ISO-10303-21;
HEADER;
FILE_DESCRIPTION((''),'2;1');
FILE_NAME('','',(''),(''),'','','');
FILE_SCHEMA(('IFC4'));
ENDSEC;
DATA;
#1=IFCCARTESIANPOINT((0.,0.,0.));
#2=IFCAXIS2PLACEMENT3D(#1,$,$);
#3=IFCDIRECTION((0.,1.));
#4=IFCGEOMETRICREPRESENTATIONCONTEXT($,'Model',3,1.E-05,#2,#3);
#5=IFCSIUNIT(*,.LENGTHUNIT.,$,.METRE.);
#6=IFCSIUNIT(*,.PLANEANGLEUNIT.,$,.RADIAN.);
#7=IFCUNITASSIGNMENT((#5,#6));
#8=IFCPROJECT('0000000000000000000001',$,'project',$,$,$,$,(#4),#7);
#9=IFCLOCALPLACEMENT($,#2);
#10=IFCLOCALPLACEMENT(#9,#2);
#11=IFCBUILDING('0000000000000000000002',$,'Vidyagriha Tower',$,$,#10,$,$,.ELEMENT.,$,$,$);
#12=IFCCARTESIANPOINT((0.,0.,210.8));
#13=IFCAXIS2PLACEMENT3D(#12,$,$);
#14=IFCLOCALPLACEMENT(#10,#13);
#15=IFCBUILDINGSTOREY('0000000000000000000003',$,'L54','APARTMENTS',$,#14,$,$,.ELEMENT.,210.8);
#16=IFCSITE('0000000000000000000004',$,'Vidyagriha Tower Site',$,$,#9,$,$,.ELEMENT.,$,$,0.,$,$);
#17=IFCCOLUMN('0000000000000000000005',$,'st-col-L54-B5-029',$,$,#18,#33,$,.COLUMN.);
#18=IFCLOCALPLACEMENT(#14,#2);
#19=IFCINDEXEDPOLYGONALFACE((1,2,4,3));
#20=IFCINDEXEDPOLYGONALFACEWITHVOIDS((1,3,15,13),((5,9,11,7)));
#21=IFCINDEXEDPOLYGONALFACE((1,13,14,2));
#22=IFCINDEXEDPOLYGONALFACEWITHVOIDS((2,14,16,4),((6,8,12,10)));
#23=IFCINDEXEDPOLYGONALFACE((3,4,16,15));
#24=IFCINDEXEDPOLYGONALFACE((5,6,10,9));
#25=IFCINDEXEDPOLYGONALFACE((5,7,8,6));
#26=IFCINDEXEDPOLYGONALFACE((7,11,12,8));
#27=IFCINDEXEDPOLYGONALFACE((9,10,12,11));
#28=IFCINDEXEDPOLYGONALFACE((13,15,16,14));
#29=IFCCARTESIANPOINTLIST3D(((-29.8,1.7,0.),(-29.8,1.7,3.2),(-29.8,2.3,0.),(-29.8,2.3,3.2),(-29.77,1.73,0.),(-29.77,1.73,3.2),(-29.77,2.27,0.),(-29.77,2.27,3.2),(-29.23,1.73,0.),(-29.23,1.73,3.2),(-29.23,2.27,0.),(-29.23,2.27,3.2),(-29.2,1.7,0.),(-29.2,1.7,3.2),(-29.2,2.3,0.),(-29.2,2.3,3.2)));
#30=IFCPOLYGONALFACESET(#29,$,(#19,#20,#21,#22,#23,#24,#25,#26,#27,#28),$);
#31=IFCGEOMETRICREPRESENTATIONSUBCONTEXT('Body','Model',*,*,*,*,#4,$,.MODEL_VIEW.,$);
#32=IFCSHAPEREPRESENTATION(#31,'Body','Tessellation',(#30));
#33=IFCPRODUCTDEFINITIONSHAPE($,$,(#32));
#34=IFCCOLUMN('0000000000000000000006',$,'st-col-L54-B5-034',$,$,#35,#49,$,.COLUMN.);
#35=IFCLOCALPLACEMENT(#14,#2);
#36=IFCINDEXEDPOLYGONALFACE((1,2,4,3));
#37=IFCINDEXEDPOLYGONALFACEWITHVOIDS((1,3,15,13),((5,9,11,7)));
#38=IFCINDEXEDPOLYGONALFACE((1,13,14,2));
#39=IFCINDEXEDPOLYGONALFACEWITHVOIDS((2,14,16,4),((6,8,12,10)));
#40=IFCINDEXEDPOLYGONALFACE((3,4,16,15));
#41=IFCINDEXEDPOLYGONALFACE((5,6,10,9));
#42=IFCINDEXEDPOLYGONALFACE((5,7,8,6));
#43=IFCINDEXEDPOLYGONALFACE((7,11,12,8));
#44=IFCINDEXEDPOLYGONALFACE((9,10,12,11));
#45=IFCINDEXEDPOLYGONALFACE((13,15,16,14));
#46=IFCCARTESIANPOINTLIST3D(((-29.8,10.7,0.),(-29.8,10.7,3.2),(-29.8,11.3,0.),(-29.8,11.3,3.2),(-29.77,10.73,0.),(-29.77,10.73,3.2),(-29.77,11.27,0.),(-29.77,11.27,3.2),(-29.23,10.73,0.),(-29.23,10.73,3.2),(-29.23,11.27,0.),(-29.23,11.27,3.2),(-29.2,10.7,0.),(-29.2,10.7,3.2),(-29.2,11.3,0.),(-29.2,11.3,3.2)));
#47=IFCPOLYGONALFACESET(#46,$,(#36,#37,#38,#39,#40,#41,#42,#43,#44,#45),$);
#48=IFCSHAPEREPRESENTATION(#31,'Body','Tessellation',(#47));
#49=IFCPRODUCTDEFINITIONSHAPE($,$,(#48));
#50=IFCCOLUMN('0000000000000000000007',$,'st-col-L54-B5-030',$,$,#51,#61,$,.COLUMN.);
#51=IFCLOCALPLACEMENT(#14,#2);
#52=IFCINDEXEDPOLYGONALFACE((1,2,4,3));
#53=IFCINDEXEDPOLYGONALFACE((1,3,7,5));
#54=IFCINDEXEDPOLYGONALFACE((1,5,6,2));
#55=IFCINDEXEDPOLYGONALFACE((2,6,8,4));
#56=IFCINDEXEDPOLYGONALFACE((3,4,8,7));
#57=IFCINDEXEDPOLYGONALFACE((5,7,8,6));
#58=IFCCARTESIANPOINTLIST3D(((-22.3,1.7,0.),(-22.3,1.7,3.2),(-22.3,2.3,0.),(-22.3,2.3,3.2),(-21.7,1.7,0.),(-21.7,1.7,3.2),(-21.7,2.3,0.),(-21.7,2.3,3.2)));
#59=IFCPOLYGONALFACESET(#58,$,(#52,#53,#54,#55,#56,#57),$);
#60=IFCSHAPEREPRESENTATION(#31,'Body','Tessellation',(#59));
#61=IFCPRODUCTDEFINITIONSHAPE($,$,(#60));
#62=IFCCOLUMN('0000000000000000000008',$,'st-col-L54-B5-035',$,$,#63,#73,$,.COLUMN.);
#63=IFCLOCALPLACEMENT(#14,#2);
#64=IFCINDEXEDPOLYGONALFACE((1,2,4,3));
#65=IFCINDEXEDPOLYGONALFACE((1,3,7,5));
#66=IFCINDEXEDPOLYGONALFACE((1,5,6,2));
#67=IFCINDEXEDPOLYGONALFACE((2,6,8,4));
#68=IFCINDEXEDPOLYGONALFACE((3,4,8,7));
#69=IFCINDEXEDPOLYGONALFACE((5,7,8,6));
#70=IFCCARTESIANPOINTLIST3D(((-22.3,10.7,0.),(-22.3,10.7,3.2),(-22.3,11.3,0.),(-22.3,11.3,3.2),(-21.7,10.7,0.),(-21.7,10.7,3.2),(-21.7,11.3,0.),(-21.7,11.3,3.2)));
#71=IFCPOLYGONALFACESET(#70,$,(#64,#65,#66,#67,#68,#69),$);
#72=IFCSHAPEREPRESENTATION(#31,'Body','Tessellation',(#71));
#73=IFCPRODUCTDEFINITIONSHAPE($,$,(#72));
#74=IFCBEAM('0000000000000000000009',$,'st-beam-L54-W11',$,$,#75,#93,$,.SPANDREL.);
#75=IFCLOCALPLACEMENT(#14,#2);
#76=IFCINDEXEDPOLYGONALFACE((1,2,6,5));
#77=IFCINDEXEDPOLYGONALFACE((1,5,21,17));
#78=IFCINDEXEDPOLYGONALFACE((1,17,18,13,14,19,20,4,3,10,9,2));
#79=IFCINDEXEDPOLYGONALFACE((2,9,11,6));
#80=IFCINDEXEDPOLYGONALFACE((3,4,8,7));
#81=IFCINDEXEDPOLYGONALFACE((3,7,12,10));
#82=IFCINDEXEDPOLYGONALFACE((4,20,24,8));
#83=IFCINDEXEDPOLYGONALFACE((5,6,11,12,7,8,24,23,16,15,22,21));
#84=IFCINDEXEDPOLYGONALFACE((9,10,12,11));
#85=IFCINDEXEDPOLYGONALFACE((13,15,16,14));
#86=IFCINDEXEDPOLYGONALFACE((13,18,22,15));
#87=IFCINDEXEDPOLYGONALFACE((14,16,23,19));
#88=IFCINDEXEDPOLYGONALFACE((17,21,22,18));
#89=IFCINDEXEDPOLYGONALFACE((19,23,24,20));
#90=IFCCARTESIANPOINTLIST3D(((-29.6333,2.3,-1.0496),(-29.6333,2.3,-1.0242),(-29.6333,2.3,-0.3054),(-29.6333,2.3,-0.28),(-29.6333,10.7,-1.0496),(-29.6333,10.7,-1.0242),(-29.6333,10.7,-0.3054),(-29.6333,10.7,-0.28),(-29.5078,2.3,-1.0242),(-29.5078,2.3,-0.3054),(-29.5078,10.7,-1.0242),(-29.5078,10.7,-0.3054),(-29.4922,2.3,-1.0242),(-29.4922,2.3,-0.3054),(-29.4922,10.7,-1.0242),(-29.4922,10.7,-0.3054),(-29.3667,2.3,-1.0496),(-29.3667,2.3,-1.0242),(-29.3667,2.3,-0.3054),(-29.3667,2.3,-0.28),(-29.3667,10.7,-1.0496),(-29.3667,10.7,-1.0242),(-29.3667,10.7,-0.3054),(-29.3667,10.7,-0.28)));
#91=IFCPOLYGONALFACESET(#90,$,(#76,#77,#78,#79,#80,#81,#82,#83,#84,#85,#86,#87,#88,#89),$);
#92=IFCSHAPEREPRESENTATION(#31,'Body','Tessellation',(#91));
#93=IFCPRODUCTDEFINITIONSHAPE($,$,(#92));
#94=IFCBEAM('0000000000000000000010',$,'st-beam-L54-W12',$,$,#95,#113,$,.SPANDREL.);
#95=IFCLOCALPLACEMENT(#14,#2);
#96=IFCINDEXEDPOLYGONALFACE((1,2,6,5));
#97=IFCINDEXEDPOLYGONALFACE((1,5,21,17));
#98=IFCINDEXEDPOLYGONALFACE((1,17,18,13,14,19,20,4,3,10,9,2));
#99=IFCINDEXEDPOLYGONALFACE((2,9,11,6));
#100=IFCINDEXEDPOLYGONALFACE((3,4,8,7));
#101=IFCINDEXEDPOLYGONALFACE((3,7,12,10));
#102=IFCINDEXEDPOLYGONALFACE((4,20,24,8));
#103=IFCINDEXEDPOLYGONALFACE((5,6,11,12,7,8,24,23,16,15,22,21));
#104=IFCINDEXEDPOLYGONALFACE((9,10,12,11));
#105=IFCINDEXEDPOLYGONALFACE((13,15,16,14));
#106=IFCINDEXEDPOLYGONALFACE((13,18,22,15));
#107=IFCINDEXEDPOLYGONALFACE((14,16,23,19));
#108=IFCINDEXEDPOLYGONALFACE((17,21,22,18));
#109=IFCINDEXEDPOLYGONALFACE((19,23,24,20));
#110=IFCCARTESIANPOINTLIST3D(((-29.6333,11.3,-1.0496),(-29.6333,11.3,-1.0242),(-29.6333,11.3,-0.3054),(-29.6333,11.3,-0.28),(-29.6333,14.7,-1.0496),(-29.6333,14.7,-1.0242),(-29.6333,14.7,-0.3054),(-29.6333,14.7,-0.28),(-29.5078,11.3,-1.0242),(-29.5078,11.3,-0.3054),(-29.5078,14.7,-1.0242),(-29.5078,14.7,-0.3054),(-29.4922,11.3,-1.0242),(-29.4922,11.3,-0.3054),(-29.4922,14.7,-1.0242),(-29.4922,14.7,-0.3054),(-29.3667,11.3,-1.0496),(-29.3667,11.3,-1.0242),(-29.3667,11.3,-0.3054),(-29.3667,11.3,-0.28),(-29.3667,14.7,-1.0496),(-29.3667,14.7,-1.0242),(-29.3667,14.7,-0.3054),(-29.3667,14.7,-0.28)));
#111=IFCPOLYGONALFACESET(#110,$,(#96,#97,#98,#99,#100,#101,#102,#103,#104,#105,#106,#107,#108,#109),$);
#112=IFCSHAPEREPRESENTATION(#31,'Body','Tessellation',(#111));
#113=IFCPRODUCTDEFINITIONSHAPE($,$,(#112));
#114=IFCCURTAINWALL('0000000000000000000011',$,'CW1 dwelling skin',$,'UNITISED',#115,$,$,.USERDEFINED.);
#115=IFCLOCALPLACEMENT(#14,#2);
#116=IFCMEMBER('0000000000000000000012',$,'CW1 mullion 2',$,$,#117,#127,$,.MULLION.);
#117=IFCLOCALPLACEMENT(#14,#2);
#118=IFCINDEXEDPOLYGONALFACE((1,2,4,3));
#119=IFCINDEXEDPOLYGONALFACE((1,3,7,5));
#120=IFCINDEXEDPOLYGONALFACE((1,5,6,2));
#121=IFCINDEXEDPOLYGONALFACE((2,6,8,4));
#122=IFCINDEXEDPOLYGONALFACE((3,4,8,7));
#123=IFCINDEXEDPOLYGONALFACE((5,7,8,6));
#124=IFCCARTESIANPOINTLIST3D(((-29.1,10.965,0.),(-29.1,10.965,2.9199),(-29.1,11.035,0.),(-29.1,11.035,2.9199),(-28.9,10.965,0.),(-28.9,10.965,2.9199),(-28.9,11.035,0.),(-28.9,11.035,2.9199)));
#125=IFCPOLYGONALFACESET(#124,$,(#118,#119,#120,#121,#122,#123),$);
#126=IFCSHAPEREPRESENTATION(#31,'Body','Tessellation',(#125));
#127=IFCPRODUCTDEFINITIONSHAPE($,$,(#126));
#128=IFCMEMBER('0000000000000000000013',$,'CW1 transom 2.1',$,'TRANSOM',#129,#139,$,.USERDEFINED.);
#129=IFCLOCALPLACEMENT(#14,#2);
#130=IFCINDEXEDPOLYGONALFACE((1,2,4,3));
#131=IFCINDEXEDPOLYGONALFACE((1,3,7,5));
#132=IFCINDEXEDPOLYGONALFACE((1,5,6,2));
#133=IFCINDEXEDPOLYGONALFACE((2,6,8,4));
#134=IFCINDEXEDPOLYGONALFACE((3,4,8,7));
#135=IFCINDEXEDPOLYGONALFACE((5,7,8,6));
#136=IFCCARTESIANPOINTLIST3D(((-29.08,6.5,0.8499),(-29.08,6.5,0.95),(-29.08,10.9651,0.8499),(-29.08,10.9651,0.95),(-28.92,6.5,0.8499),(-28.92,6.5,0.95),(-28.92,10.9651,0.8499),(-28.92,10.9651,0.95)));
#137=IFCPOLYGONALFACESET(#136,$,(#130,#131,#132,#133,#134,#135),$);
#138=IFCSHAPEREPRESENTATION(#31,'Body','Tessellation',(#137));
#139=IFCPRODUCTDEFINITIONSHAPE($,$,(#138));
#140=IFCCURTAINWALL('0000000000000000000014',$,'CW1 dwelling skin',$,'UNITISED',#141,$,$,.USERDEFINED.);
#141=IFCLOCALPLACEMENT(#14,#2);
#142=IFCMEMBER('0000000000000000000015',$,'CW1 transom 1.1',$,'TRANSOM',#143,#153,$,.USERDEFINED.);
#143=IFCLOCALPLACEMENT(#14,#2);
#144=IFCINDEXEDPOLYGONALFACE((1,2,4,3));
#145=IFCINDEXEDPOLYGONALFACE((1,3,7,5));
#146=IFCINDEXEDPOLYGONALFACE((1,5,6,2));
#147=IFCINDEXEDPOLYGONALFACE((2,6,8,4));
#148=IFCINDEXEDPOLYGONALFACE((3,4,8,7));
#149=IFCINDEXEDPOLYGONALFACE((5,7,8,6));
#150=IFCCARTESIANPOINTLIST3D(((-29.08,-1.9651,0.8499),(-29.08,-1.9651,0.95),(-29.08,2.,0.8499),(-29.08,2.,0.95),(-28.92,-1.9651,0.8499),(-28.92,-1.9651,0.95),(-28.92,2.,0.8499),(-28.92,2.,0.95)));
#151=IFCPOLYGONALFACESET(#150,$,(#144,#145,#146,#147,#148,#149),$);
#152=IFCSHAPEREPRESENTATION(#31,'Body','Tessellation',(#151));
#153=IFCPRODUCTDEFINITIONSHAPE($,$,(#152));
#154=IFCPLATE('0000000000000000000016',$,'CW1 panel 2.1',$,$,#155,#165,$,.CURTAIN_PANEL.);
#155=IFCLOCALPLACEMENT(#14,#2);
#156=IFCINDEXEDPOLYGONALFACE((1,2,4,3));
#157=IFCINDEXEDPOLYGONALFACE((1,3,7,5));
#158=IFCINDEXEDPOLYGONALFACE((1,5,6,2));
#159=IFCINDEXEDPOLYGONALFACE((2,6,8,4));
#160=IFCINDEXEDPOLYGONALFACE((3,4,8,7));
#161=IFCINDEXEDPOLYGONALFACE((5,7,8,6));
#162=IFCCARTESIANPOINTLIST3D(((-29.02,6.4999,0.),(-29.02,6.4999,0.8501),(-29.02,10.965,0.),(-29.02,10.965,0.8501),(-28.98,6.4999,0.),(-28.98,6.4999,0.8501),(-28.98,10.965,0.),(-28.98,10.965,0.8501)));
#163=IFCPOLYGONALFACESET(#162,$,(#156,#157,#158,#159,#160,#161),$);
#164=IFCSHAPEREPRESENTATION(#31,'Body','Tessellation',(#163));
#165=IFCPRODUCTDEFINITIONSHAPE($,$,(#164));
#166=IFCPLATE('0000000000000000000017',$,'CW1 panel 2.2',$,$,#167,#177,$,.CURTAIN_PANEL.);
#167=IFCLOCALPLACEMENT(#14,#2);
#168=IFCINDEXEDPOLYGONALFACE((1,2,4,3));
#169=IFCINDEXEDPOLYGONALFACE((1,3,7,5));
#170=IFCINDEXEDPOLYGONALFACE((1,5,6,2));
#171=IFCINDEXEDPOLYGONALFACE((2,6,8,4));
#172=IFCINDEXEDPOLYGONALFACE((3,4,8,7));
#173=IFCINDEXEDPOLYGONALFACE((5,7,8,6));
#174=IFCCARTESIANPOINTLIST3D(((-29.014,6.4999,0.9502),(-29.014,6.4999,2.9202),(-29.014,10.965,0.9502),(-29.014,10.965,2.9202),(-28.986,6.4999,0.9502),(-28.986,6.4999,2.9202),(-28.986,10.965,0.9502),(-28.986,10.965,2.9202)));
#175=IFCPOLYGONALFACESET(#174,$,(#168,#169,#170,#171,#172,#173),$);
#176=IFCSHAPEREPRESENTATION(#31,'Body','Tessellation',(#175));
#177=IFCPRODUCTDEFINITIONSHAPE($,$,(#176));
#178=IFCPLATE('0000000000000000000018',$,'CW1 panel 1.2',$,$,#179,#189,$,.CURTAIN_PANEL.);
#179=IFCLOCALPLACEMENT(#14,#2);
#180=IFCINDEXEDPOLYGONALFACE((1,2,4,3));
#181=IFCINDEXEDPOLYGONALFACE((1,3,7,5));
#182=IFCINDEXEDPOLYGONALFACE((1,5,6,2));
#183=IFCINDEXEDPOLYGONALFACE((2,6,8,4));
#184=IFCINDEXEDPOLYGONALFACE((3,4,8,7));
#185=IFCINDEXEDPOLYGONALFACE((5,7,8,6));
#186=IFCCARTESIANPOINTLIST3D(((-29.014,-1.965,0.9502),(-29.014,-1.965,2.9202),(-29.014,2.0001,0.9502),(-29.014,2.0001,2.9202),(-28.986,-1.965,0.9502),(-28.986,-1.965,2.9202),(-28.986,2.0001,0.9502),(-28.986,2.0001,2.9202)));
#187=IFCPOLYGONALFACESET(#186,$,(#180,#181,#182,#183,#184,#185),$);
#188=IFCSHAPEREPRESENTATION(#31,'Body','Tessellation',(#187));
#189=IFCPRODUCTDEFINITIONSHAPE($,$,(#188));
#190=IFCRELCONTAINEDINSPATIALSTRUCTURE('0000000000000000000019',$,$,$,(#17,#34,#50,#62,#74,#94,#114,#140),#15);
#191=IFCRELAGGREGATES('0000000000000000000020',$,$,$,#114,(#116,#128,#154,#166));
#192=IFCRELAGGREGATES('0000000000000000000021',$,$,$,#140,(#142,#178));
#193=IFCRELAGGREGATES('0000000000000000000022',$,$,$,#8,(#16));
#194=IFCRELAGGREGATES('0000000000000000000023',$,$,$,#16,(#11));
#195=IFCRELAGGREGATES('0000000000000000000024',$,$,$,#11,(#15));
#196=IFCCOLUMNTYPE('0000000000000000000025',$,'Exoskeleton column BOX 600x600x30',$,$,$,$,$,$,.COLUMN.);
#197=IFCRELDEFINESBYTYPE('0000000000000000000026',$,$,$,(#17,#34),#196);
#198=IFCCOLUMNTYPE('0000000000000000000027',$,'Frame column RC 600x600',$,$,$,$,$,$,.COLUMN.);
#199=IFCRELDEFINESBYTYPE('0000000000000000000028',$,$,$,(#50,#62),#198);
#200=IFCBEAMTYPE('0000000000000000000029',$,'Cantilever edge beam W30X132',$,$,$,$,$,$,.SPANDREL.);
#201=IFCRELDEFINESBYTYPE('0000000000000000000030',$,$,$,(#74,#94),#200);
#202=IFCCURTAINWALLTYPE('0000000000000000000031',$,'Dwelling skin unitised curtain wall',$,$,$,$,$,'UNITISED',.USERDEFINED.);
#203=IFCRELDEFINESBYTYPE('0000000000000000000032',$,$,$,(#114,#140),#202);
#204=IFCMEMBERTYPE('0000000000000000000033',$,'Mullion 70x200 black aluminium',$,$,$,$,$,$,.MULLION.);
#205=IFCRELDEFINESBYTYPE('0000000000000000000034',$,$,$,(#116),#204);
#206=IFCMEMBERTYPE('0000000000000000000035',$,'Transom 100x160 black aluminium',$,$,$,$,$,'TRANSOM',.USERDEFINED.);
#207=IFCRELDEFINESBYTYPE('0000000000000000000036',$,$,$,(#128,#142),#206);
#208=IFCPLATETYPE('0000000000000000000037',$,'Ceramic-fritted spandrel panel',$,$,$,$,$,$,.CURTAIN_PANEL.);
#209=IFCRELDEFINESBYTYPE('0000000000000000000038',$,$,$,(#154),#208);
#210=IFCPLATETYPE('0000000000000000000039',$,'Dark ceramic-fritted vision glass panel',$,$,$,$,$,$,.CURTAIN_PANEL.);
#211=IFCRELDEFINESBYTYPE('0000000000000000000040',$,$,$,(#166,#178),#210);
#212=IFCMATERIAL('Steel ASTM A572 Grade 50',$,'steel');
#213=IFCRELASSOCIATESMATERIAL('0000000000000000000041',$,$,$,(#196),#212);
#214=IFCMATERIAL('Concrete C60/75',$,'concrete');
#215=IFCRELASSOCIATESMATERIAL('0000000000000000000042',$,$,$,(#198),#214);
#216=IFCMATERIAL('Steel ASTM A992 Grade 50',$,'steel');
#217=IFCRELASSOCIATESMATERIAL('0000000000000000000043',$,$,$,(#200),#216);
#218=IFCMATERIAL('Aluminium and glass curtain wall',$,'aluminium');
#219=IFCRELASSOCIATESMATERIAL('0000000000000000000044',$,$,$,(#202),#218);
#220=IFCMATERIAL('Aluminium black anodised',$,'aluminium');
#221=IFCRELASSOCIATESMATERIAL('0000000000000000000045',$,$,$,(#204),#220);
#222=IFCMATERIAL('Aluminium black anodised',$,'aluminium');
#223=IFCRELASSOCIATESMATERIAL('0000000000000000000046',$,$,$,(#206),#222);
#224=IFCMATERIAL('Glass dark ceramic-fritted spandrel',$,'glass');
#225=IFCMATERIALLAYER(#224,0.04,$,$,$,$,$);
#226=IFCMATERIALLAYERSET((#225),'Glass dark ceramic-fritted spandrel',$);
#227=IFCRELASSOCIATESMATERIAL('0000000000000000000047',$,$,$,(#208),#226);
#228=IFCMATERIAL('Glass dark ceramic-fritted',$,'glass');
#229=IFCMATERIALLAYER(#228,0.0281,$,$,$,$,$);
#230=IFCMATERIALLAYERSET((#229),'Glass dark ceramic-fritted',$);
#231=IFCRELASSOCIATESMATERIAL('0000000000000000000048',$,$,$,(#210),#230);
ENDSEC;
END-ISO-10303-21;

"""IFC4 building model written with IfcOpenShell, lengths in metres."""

from ifc_helpers import new_model, si_unit, direction, frame, origin, origin_2d, place, context, subcontext, project, spatial, rectangle, hollow_rectangle, i_section, extrude, material, layer, layer_set, material_profile, profile_set, type_object, element, aggregate, save


model = new_model("IFC4")

# Units and contexts
model_context = context("Model", 3, precision=1e-05, world=origin(), true_north=direction((0.0, 1.0)))
body_context = subcontext(model_context, "Body", "Model", "MODEL_VIEW")
ifc_project = project(units=[si_unit("LENGTHUNIT", "METRE"), si_unit("PLANEANGLEUNIT", "RADIAN")], contexts=[model_context])

# Site, building, storey
site_placement = place(None, origin())
site = spatial("IfcSite", under=ifc_project, at=site_placement, Name="Vidyagriha Tower Site", CompositionType="ELEMENT", RefElevation=0.0)
building_placement = place(site_placement, origin())
building = spatial("IfcBuilding", under=site, at=building_placement, Name="Vidyagriha Tower", CompositionType="ELEMENT")
storey_placement = place(building_placement, frame((0.0, 0.0, 210.8)))
storey = spatial("IfcBuildingStorey", under=building, at=storey_placement, Name="L54", Description="APARTMENTS", CompositionType="ELEMENT", Elevation=210.8)

# Columns
ifc_material_1 = material(Name="Steel ASTM A572 Grade 50", Category="steel")
ifc_material_profile_1 = material_profile(ifc_material_1, hollow_rectangle(XDim=0.6001, YDim=0.6001, WallThickness=0.03, at=origin_2d()), Name="BOX 600x600x30")
ifc_profile_set_1 = profile_set([ifc_material_profile_1], Name="Steel ASTM A572 Grade 50")
column_type_1 = type_object("IfcColumnType", Name="Exoskeleton column BOX 600x600x30", PredefinedType="COLUMN", material=ifc_profile_set_1)
for number, where, name in (
    (1, (-29.5, 2.0, 0.0), "st-col-L54-B5-029"),
    (2, (-29.5, 11.0, 0.0), "st-col-L54-B5-034"),
):
    element("IfcColumn", number, at=place(storey_placement, frame(where)), inside=storey, type_object=column_type_1, Name=name, PredefinedType="COLUMN", context=body_context, shape_type="SweptSolid", body=[
        extrude(hollow_rectangle(XDim=0.6001, YDim=0.6001, WallThickness=0.03, at=origin_2d()), origin(), (0.0, 0.0, 1.0), 3.2),
    ])
ifc_material_2 = material(Name="Concrete C60/75", Category="concrete")
ifc_material_profile_2 = material_profile(ifc_material_2, rectangle(XDim=0.6001, YDim=0.6001, at=origin_2d()), Name="RC 600x600")
ifc_profile_set_2 = profile_set([ifc_material_profile_2], Name="Concrete C60/75")
column_type_2 = type_object("IfcColumnType", Name="Frame column RC 600x600", PredefinedType="COLUMN", material=ifc_profile_set_2)
for number, where, name in (
    (3, (-22.0, 2.0, 0.0), "st-col-L54-B5-030"),
    (4, (-22.0, 11.0, 0.0), "st-col-L54-B5-035"),
):
    element("IfcColumn", number, at=place(storey_placement, frame(where)), inside=storey, type_object=column_type_2, Name=name, PredefinedType="COLUMN", context=body_context, shape_type="SweptSolid", body=[
        extrude(rectangle(XDim=0.6001, YDim=0.6001, at=origin_2d()), origin(), (0.0, 0.0, 1.0), 3.2),
    ])

# Beams
ifc_material_3 = material(Name="Steel ASTM A992 Grade 50", Category="steel")
ifc_material_profile_3 = material_profile(ifc_material_3, i_section(OverallWidth=0.2666, OverallDepth=0.7695, WebThickness=0.0156, FlangeThickness=0.0254, at=origin_2d()), Name="W30X132")
ifc_profile_set_3 = profile_set([ifc_material_profile_3], Name="Steel ASTM A992 Grade 50")
beam_type = type_object("IfcBeamType", Name="Cantilever edge beam W30X132", PredefinedType="SPANDREL", material=ifc_profile_set_3)
beam_1_placement = place(storey_placement, frame((-29.5, 2.3, -0.6648), z_axis=(0.0, 1.0, 0.0), x_axis=(-1.0, 0.0, 0.0)))
element("IfcBeam", 5, at=beam_1_placement, inside=storey, type_object=beam_type, Name="st-beam-L54-W11", PredefinedType="SPANDREL", context=body_context, shape_type="SweptSolid", body=[
    extrude(i_section(OverallWidth=0.2666, OverallDepth=0.7695, WebThickness=0.0156, FlangeThickness=0.0254, at=origin_2d()), origin(), (0.0, 0.0, 1.0), 8.3999),
])
beam_2_placement = place(storey_placement, frame((-29.5, 11.3, -0.6648), z_axis=(0.0, 1.0, 0.0), x_axis=(-1.0, 0.0, 0.0)))
element("IfcBeam", 6, at=beam_2_placement, inside=storey, type_object=beam_type, Name="st-beam-L54-W12", PredefinedType="SPANDREL", context=body_context, shape_type="SweptSolid", body=[
    extrude(i_section(OverallWidth=0.2666, OverallDepth=0.7695, WebThickness=0.0156, FlangeThickness=0.0254, at=origin_2d()), origin(), (0.0, 0.0, 1.0), 3.3999),
])

# Curtain wall, members
ifc_material_4 = material(Name="Aluminium and glass curtain wall", Category="aluminium")
curtain_wall_type = type_object("IfcCurtainWallType", Name="Dwelling skin unitised curtain wall", ElementType="UNITISED", PredefinedType="USERDEFINED", material=ifc_material_4)
curtain_wall_1_placement = place(storey_placement, origin())
curtain_wall_1 = element("IfcCurtainWall", 7, at=curtain_wall_1_placement, inside=storey, type_object=curtain_wall_type, Name="CW1 dwelling skin", ObjectType="UNITISED", PredefinedType="USERDEFINED")
ifc_material_5 = material(Name="Aluminium black anodised", Category="aluminium")
ifc_material_profile_4 = material_profile(ifc_material_5, rectangle(XDim=0.2, YDim=0.0701, at=origin_2d()), Name="Mullion 70x200 black aluminium")
ifc_profile_set_4 = profile_set([ifc_material_profile_4], Name="Aluminium black anodised")
member_type_1 = type_object("IfcMemberType", Name="Mullion 70x200 black aluminium", PredefinedType="MULLION", material=ifc_profile_set_4)
member_1_placement = place(storey_placement, frame((-29.0, 11.0, 0.0)))
member_1 = element("IfcMember", 8, at=member_1_placement, type_object=member_type_1, Name="CW1 mullion 2", PredefinedType="MULLION", context=body_context, shape_type="SweptSolid", body=[
    extrude(rectangle(XDim=0.2, YDim=0.0701, at=origin_2d()), origin(), (0.0, 0.0, 1.0), 2.9199),
])
ifc_material_6 = material(Name="Aluminium black anodised", Category="aluminium")
ifc_material_profile_5 = material_profile(ifc_material_6, rectangle(XDim=0.1599, YDim=0.1001, at=origin_2d()), Name="Transom 100x160 black aluminium")
ifc_profile_set_5 = profile_set([ifc_material_profile_5], Name="Aluminium black anodised")
member_type_2 = type_object("IfcMemberType", Name="Transom 100x160 black aluminium", ElementType="TRANSOM", PredefinedType="USERDEFINED", material=ifc_profile_set_5)
member_2_placement = place(storey_placement, frame((-29.0, 10.9651, 0.8999), z_axis=(0.0, -1.0, 0.0), x_axis=(1.0, 0.0, 0.0)))
member_2 = element("IfcMember", 9, at=member_2_placement, type_object=member_type_2, Name="CW1 transom 2.1", ObjectType="TRANSOM", PredefinedType="USERDEFINED", context=body_context, shape_type="SweptSolid", body=[
    extrude(rectangle(XDim=0.1599, YDim=0.1001, at=origin_2d()), origin(), (0.0, 0.0, 1.0), 4.4651),
])

# Curtain wall, member
curtain_wall_2_placement = place(storey_placement, origin())
curtain_wall_2 = element("IfcCurtainWall", 10, at=curtain_wall_2_placement, inside=storey, type_object=curtain_wall_type, Name="CW1 dwelling skin", ObjectType="UNITISED", PredefinedType="USERDEFINED")
member_3_placement = place(storey_placement, frame((-29.0, 2.0, 0.8999), z_axis=(0.0, -1.0, 0.0), x_axis=(1.0, 0.0, 0.0)))
member_3 = element("IfcMember", 11, at=member_3_placement, type_object=member_type_2, Name="CW1 transom 1.1", ObjectType="TRANSOM", PredefinedType="USERDEFINED", context=body_context, shape_type="SweptSolid", body=[
    extrude(rectangle(XDim=0.1599, YDim=0.1001, at=origin_2d()), origin(), (0.0, 0.0, 1.0), 3.9651),
])

# Plates
ifc_material_7 = material(Name="Glass dark ceramic-fritted spandrel", Category="glass")
ifc_layer_1 = layer(ifc_material_7, 0.04)
ifc_layer_set_1 = layer_set([ifc_layer_1], Name="Glass dark ceramic-fritted spandrel")
plate_type_1 = type_object("IfcPlateType", Name="Ceramic-fritted spandrel panel", PredefinedType="CURTAIN_PANEL", material=ifc_layer_set_1)
plate_1_placement = place(storey_placement, frame((-29.0, 8.7324, 0.0), z_axis=(0.0, 0.0, 1.0), x_axis=(0.0, -1.0, 0.0)))
plate_1 = element("IfcPlate", 12, at=plate_1_placement, type_object=plate_type_1, Name="CW1 panel 2.1", PredefinedType="CURTAIN_PANEL", context=body_context, shape_type="SweptSolid", body=[
    extrude(rectangle(XDim=4.4651, YDim=0.04, at=origin_2d()), origin(), (0.0, 0.0, 1.0), 0.8501),
])
ifc_material_8 = material(Name="Glass dark ceramic-fritted", Category="glass")
ifc_layer_2 = layer(ifc_material_8, 0.0281)
ifc_layer_set_2 = layer_set([ifc_layer_2], Name="Glass dark ceramic-fritted")
plate_type_2 = type_object("IfcPlateType", Name="Dark ceramic-fritted vision glass panel", PredefinedType="CURTAIN_PANEL", material=ifc_layer_set_2)
plate_2_placement = place(storey_placement, frame((-29.0, 8.7324, 0.9502), z_axis=(0.0, 0.0, 1.0), x_axis=(0.0, -1.0, 0.0)))
plate_2 = element("IfcPlate", 13, at=plate_2_placement, type_object=plate_type_2, Name="CW1 panel 2.2", PredefinedType="CURTAIN_PANEL", context=body_context, shape_type="SweptSolid", body=[
    extrude(rectangle(XDim=4.4651, YDim=0.0281, at=origin_2d()), origin(), (0.0, 0.0, 1.0), 1.97),
])
aggregate(curtain_wall_1, [member_1, member_2, plate_1, plate_2])
plate_3_placement = place(storey_placement, frame((-29.0, 0.0176, 0.9502), z_axis=(0.0, 0.0, 1.0), x_axis=(0.0, -1.0, 0.0)))
plate_3 = element("IfcPlate", 14, at=plate_3_placement, type_object=plate_type_2, Name="CW1 panel 1.2", PredefinedType="CURTAIN_PANEL", context=body_context, shape_type="SweptSolid", body=[
    extrude(rectangle(XDim=3.9651, YDim=0.0281, at=origin_2d()), origin(), (0.0, 0.0, 1.0), 1.97),
])
aggregate(curtain_wall_2, [member_3, plate_3])

save(model, "model.ifc")
